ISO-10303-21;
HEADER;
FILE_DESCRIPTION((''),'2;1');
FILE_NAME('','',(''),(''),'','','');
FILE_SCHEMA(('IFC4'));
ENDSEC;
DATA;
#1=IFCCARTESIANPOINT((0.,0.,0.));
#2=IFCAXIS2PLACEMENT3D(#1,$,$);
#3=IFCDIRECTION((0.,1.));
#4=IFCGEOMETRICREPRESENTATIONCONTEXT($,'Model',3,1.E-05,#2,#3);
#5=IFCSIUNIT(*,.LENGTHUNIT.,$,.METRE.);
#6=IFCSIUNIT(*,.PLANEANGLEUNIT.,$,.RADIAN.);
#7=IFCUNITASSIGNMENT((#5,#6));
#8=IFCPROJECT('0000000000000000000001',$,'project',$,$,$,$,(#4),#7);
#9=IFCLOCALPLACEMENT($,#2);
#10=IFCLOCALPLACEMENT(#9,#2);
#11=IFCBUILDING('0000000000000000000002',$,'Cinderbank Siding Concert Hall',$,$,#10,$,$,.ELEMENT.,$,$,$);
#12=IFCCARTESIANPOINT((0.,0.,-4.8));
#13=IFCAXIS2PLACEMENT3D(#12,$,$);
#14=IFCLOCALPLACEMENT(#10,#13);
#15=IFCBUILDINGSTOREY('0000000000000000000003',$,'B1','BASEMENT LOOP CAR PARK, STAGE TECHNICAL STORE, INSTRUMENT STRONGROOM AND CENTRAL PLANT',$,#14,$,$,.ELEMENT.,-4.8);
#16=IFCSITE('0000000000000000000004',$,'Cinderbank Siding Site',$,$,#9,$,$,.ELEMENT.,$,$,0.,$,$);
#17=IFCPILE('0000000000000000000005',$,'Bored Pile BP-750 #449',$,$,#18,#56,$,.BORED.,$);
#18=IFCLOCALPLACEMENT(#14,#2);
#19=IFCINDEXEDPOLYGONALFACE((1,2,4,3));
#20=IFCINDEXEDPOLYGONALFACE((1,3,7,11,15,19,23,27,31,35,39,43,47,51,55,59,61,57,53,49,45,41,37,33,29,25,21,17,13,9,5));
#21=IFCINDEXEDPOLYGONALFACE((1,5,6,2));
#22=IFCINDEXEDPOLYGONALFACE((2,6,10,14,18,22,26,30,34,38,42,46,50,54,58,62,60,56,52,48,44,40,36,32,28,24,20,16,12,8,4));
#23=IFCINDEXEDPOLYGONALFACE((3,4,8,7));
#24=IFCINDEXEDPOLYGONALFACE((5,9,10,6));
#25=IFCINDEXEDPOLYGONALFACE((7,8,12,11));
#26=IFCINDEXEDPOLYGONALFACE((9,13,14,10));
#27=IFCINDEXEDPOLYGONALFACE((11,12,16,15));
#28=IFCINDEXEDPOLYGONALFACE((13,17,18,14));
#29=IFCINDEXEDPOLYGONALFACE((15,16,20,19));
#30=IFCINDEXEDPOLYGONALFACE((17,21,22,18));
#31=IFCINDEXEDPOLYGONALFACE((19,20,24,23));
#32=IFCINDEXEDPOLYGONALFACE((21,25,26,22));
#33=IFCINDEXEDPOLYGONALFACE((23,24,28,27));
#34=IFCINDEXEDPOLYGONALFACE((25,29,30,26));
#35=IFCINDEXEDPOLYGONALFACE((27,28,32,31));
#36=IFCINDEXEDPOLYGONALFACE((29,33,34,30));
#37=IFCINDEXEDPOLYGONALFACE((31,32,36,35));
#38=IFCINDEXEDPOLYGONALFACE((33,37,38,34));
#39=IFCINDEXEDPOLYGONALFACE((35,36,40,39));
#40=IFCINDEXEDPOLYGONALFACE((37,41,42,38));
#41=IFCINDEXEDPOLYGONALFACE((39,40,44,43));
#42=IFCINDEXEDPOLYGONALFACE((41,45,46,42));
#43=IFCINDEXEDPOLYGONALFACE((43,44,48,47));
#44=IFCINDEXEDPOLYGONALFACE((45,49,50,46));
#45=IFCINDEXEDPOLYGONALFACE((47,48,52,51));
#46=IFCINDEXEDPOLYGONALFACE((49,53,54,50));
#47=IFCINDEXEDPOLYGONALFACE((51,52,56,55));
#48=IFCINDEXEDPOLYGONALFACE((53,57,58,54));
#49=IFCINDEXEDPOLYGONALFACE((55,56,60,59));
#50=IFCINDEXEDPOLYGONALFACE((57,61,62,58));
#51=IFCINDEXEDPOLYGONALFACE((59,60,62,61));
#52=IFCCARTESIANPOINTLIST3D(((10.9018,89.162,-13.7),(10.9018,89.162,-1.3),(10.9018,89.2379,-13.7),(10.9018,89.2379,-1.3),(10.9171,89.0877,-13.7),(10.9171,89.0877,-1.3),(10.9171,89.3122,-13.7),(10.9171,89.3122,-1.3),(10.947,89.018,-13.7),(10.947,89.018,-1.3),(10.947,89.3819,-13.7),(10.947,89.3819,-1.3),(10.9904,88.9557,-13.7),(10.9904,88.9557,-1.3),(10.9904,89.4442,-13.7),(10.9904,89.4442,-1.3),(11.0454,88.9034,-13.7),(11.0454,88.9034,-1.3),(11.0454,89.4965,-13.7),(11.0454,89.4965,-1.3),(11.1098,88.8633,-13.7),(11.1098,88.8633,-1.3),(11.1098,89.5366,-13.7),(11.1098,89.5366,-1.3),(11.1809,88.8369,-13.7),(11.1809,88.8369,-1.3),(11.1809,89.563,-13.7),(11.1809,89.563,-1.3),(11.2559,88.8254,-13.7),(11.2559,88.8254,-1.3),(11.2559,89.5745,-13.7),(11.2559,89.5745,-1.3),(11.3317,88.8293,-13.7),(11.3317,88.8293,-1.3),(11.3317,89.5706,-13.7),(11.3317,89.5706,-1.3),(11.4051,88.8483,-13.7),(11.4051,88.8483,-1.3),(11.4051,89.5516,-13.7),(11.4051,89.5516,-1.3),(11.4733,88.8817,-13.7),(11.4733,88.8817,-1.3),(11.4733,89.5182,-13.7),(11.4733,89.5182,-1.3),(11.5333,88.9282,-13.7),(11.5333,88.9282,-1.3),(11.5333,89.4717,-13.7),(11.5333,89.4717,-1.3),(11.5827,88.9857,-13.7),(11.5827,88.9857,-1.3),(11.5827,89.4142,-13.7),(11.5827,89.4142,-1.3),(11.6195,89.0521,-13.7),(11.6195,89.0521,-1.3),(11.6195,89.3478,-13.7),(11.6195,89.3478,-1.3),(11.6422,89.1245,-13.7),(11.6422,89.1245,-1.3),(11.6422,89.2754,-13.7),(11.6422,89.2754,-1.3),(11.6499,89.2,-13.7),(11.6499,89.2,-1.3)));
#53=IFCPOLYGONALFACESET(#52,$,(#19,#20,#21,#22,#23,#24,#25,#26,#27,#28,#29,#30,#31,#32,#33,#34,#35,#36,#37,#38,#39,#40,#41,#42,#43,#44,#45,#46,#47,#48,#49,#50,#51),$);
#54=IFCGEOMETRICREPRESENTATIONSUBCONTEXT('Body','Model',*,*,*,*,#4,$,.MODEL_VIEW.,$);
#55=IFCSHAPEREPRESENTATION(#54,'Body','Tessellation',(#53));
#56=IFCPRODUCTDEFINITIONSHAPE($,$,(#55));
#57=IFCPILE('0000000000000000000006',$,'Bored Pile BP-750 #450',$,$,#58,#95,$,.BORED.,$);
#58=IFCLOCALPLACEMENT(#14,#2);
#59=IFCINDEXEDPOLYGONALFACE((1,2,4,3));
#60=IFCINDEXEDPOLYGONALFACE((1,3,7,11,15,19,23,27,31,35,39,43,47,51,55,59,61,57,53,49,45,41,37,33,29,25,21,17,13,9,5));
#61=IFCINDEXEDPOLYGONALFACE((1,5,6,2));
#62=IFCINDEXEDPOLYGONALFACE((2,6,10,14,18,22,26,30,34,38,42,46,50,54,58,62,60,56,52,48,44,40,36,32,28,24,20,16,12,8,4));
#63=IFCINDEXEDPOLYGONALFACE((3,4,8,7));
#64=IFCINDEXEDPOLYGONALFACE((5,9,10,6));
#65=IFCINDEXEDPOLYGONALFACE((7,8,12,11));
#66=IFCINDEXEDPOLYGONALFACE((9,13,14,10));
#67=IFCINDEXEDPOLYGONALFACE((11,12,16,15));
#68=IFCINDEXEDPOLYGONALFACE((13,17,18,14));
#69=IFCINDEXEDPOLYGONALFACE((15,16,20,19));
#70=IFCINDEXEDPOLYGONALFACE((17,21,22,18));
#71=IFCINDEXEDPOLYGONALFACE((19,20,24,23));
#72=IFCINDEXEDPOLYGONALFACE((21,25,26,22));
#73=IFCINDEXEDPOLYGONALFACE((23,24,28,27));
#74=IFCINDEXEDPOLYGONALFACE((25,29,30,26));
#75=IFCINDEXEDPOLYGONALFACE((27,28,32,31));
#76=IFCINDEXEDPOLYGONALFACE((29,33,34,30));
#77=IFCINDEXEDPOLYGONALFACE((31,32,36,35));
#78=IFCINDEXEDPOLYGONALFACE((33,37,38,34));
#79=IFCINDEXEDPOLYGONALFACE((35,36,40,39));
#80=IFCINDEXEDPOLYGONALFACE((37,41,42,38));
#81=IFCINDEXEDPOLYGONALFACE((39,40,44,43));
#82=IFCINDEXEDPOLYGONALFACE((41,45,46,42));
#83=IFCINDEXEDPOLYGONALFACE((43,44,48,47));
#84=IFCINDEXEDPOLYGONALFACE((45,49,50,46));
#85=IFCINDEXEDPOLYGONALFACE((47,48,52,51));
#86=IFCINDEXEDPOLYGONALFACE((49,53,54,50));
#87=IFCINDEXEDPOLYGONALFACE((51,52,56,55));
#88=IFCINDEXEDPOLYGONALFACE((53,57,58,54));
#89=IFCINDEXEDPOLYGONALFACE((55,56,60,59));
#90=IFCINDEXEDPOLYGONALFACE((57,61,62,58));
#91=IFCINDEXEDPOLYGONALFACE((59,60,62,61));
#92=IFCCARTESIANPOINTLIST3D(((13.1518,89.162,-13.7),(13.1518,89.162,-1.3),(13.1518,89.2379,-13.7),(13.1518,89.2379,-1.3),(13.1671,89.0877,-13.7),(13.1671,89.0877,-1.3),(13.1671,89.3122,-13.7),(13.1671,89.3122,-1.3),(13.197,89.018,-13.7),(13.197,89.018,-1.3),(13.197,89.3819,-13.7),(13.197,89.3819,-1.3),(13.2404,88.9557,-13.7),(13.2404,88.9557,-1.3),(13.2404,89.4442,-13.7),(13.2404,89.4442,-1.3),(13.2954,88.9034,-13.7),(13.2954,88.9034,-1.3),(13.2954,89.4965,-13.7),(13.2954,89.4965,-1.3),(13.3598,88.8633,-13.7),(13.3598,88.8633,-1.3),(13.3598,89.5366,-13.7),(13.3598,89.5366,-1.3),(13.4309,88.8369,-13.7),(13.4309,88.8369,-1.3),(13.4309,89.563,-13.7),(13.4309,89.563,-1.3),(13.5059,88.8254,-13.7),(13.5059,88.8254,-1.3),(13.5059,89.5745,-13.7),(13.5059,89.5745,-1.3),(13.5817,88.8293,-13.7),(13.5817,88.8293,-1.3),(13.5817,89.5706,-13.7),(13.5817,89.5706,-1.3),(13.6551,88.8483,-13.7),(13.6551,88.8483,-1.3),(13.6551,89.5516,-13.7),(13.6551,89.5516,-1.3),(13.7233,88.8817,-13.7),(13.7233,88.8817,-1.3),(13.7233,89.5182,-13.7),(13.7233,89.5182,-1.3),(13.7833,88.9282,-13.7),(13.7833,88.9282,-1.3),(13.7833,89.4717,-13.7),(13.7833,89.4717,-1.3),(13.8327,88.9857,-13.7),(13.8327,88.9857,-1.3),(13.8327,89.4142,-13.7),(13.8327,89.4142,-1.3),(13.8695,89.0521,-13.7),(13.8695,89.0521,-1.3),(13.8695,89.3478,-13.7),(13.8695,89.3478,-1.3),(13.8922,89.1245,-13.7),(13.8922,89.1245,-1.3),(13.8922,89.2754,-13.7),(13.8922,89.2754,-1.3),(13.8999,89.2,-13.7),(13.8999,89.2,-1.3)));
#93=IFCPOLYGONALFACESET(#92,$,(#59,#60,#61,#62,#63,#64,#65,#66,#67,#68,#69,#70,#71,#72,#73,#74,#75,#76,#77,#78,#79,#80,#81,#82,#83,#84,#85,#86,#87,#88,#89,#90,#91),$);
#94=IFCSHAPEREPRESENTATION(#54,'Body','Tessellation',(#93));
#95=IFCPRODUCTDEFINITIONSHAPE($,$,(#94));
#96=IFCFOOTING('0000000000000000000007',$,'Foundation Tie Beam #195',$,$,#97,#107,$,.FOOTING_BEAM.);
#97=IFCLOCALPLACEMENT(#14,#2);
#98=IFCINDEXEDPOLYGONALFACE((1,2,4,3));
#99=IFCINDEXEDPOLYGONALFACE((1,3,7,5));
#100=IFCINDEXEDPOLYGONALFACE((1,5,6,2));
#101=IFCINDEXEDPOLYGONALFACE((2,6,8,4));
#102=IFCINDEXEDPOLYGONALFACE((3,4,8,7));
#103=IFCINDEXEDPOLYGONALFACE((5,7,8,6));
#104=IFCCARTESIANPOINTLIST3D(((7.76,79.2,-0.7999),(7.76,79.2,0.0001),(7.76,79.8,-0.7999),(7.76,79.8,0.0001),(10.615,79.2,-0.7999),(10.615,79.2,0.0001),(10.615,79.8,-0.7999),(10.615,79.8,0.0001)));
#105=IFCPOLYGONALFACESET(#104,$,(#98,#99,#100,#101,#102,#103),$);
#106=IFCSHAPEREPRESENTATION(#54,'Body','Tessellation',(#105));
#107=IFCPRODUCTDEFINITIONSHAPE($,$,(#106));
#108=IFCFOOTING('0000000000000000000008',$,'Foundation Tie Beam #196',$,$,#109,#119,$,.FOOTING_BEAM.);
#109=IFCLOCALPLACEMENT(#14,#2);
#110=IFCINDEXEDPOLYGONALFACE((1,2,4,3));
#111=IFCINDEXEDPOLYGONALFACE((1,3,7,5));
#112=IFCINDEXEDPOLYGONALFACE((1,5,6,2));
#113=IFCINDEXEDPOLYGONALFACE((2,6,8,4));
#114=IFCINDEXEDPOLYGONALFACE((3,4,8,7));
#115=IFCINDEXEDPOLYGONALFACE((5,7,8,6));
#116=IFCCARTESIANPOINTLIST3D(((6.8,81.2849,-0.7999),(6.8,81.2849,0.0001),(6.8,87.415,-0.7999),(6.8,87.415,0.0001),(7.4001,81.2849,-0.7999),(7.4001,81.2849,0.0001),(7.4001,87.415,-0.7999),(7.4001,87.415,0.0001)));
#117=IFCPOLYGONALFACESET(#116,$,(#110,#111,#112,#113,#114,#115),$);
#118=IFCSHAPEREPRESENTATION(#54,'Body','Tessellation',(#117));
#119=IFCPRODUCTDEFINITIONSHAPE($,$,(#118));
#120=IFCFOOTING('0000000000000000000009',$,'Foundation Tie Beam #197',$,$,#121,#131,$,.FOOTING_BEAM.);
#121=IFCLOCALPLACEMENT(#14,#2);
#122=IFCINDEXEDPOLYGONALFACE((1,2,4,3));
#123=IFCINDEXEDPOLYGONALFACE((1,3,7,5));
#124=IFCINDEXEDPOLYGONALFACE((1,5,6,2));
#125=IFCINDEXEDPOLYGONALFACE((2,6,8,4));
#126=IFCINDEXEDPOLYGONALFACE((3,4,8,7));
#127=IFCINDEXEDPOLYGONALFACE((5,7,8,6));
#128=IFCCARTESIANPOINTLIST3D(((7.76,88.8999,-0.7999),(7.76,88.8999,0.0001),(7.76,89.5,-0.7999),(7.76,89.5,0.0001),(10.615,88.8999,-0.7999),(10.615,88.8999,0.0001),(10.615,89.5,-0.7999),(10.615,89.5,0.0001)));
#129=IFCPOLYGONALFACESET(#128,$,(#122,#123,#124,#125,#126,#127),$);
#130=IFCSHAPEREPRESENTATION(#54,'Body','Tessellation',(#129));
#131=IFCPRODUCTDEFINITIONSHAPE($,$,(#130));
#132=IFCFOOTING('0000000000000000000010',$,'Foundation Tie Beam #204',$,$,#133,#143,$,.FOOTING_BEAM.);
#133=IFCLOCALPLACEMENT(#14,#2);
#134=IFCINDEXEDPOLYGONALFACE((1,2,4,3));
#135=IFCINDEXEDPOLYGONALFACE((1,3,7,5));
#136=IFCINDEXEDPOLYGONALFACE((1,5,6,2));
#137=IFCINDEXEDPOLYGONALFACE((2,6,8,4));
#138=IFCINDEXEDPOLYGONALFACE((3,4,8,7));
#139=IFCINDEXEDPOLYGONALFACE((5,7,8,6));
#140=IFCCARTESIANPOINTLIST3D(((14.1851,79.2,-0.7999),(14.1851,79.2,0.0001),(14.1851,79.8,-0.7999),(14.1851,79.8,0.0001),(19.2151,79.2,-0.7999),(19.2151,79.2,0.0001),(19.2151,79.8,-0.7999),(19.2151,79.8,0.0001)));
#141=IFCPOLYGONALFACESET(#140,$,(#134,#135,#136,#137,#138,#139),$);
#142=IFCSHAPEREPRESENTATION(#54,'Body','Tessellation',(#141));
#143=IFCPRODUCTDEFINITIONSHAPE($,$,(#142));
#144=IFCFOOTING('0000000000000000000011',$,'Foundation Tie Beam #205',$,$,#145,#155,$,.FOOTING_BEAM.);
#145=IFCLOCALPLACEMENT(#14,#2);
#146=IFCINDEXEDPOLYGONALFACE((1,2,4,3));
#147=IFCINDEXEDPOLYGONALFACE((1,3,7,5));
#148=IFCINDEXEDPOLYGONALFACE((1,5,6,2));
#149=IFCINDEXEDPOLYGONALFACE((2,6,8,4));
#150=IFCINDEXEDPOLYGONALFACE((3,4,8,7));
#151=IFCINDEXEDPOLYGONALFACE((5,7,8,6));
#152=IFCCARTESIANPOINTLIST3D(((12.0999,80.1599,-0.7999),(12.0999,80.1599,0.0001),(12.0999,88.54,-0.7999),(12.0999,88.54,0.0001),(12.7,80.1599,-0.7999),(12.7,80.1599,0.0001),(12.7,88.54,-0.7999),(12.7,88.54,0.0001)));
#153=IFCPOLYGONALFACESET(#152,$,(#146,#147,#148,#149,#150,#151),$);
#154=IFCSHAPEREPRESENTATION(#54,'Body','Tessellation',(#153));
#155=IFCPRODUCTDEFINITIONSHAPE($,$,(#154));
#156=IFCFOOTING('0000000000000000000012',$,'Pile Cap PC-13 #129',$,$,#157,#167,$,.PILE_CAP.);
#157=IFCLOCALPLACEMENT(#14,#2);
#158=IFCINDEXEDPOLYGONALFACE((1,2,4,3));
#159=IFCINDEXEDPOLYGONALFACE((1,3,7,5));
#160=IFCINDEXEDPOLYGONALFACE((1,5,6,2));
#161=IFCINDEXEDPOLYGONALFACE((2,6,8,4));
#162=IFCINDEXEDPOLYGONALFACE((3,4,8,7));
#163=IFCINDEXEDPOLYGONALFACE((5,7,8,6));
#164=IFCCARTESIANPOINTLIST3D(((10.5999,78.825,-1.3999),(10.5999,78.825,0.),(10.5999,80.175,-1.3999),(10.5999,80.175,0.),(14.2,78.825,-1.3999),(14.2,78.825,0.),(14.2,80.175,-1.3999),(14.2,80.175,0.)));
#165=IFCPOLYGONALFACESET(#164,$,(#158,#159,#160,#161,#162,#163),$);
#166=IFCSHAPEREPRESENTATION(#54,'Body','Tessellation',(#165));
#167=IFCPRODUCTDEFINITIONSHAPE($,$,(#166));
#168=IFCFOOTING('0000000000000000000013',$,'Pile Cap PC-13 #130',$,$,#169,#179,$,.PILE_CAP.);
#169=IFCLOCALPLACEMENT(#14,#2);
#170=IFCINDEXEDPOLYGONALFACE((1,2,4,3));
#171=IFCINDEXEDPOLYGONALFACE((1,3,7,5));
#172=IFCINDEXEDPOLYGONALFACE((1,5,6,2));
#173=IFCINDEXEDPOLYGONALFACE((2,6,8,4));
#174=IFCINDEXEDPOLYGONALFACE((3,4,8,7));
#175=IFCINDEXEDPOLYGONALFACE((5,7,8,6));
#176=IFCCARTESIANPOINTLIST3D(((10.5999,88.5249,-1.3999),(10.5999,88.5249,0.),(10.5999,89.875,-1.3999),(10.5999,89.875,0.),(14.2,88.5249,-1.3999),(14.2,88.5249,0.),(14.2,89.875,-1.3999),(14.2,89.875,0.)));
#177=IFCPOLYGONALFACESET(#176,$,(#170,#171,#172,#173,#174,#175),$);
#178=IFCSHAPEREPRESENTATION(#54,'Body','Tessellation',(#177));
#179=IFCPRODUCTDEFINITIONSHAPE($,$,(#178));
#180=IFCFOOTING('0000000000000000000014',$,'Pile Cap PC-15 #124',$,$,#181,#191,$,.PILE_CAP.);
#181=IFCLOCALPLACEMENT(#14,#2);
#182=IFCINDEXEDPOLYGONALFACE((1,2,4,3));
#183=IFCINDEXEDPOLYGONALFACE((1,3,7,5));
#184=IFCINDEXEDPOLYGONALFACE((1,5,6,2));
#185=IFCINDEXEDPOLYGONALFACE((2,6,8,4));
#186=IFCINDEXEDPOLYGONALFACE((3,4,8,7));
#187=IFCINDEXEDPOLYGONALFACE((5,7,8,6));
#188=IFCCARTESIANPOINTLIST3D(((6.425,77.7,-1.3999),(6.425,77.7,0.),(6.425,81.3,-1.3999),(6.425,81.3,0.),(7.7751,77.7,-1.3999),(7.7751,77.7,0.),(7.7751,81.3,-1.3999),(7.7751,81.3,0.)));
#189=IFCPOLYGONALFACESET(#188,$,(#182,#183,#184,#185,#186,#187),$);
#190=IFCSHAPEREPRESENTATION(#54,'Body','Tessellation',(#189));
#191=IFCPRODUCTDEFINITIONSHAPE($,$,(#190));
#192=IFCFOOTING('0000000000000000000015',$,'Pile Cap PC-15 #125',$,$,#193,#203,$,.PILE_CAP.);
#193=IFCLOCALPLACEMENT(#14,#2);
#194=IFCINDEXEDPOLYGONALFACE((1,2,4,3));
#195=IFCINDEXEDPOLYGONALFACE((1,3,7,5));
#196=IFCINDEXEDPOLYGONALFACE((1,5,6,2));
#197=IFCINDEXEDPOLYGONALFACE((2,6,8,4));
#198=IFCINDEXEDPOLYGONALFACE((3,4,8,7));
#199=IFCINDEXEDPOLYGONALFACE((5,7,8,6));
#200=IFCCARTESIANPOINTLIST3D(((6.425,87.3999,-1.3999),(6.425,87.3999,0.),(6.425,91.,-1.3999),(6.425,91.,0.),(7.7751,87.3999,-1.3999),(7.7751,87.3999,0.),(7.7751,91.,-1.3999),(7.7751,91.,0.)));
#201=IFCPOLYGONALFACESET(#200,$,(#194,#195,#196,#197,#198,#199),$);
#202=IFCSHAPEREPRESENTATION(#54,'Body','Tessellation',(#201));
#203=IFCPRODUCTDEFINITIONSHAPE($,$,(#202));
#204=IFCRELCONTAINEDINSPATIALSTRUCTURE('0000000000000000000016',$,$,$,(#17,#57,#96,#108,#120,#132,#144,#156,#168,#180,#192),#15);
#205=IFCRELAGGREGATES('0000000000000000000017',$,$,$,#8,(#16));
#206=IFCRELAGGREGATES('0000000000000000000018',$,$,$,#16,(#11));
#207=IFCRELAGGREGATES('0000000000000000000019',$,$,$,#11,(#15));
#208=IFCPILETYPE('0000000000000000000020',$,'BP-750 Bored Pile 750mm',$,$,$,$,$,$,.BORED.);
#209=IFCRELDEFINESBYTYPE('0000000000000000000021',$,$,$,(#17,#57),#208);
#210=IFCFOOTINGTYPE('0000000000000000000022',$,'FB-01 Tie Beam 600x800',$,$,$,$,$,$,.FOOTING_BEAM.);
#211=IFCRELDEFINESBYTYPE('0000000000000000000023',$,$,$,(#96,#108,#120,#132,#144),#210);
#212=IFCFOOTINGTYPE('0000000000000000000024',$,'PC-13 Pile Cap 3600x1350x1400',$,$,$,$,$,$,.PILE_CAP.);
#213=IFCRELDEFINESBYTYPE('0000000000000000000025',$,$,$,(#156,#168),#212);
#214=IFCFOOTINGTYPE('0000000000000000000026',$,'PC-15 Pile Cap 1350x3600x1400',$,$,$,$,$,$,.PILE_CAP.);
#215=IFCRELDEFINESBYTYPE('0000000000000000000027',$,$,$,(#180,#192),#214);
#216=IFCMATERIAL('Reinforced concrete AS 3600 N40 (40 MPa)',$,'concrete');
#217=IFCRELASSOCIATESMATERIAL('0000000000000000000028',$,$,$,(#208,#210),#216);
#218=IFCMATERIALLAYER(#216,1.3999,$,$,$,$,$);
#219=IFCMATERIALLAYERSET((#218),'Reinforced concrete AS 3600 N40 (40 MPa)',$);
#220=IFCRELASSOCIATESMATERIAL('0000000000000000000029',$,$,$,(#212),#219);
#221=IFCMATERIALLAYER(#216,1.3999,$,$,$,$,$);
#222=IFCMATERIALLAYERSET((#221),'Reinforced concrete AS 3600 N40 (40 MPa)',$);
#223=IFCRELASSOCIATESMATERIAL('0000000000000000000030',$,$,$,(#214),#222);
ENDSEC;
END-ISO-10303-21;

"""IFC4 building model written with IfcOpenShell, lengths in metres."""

from ifc_helpers import new_model, si_unit, direction, frame, origin, origin_2d, place, context, subcontext, project, spatial, rectangle, circle, extrude, material, layer, layer_set, material_profile, profile_set, type_object, element, save


model = new_model("IFC4")

# Units and contexts
model_context = context("Model", 3, precision=1e-05, world=origin(), true_north=direction((0.0, 1.0)))
body_context = subcontext(model_context, "Body", "Model", "MODEL_VIEW")
ifc_project = project(units=[si_unit("LENGTHUNIT", "METRE"), si_unit("PLANEANGLEUNIT", "RADIAN")], contexts=[model_context])

# Site, building, storey
site_placement = place(None, origin())
site = spatial("IfcSite", under=ifc_project, at=site_placement, Name="Cinderbank Siding Site", CompositionType="ELEMENT", RefElevation=0.0)
building_placement = place(site_placement, origin())
building = spatial("IfcBuilding", under=site, at=building_placement, Name="Cinderbank Siding Concert Hall", CompositionType="ELEMENT")
storey_placement = place(building_placement, frame((0.0, 0.0, -4.8)))
storey = spatial("IfcBuildingStorey", under=building, at=storey_placement, Name="B1", Description="BASEMENT LOOP CAR PARK, STAGE TECHNICAL STORE, INSTRUMENT STRONGROOM AND CENTRAL PLANT", CompositionType="ELEMENT", Elevation=-4.8)

# Piles
ifc_material_1 = material(Name="Reinforced concrete AS 3600 N40 (40 MPa)", Category="concrete")
ifc_material_profile_1 = material_profile(ifc_material_1, circle(Radius=0.375, at=origin_2d()), Name="PILE-750DIA", Category="LoadBearing")
ifc_profile_set_1 = profile_set([ifc_material_profile_1], Name="Reinforced concrete AS 3600 N40 (40 MPa)")
pile_type = type_object("IfcPileType", Name="BP-750 Bored Pile 750mm", PredefinedType="BORED", material=ifc_profile_set_1)
for number, where, z_axis, x_axis, name in (
    (1, (11.2749, 89.2, -1.3), (0.0, 0.0, -1.0), (1.0, 0.0, 0.0), "Bored Pile BP-750 #449"),
    (2, (13.5249, 89.2, -1.3), (0.0, 0.0, -1.0), (1.0, 0.0, 0.0), "Bored Pile BP-750 #450"),
):
    element("IfcPile", number, at=place(storey_placement, frame(where, z_axis=z_axis, x_axis=x_axis)), inside=storey, type_object=pile_type, Name=name, PredefinedType="BORED", context=body_context, shape_type="SweptSolid", body=[
        extrude(circle(Radius=0.375, at=origin_2d()), origin(), (0.0, 0.0, 1.0), 12.3999),
    ])

# Footings
ifc_material_profile_2 = material_profile(ifc_material_1, rectangle(XDim=0.6001, YDim=0.8, at=origin_2d()), Name="RC-FB-600x800", Category="LoadBearing")
ifc_profile_set_2 = profile_set([ifc_material_profile_2], Name="Reinforced concrete AS 3600 N40 (40 MPa)")
footing_type_1 = type_object("IfcFootingType", Name="FB-01 Tie Beam 600x800", PredefinedType="FOOTING_BEAM", material=ifc_profile_set_2)
footing_1_placement = place(storey_placement, frame((7.76, 79.5, -0.3999), z_axis=(1.0, 0.0, 0.0), x_axis=(0.0, 1.0, 0.0)))
element("IfcFooting", 3, at=footing_1_placement, inside=storey, type_object=footing_type_1, Name="Foundation Tie Beam #195", PredefinedType="FOOTING_BEAM", context=body_context, shape_type="SweptSolid", body=[
    extrude(rectangle(XDim=0.6001, YDim=0.8, at=origin_2d()), origin(), (0.0, 0.0, 1.0), 2.855),
])
footing_2_placement = place(storey_placement, frame((7.1001, 81.2849, -0.3999), z_axis=(0.0, 1.0, 0.0), x_axis=(-1.0, 0.0, 0.0)))
element("IfcFooting", 4, at=footing_2_placement, inside=storey, type_object=footing_type_1, Name="Foundation Tie Beam #196", PredefinedType="FOOTING_BEAM", context=body_context, shape_type="SweptSolid", body=[
    extrude(rectangle(XDim=0.6001, YDim=0.8, at=origin_2d()), origin(), (0.0, 0.0, 1.0), 6.1301),
])
footing_3_placement = place(storey_placement, frame((7.76, 89.2, -0.3999), z_axis=(1.0, 0.0, 0.0), x_axis=(0.0, 1.0, 0.0)))
element("IfcFooting", 5, at=footing_3_placement, inside=storey, type_object=footing_type_1, Name="Foundation Tie Beam #197", PredefinedType="FOOTING_BEAM", context=body_context, shape_type="SweptSolid", body=[
    extrude(rectangle(XDim=0.6001, YDim=0.8, at=origin_2d()), origin(), (0.0, 0.0, 1.0), 2.855),
])
footing_4_placement = place(storey_placement, frame((14.1851, 79.5, -0.3999), z_axis=(1.0, 0.0, 0.0), x_axis=(0.0, 1.0, 0.0)))
element("IfcFooting", 6, at=footing_4_placement, inside=storey, type_object=footing_type_1, Name="Foundation Tie Beam #204", PredefinedType="FOOTING_BEAM", context=body_context, shape_type="SweptSolid", body=[
    extrude(rectangle(XDim=0.6001, YDim=0.8, at=origin_2d()), origin(), (0.0, 0.0, 1.0), 5.03),
])
footing_5_placement = place(storey_placement, frame((12.3999, 80.1599, -0.3999), z_axis=(0.0, 1.0, 0.0), x_axis=(-1.0, 0.0, 0.0)))
element("IfcFooting", 7, at=footing_5_placement, inside=storey, type_object=footing_type_1, Name="Foundation Tie Beam #205", PredefinedType="FOOTING_BEAM", context=body_context, shape_type="SweptSolid", body=[
    extrude(rectangle(XDim=0.6001, YDim=0.8, at=origin_2d()), origin(), (0.0, 0.0, 1.0), 8.3801),
])
ifc_layer_1 = layer(ifc_material_1, 1.3999)
ifc_layer_set_1 = layer_set([ifc_layer_1], Name="Reinforced concrete AS 3600 N40 (40 MPa)")
footing_type_2 = type_object("IfcFootingType", Name="PC-13 Pile Cap 3600x1350x1400", PredefinedType="PILE_CAP", material=ifc_layer_set_1)
for number, where, z_axis, x_axis, name in (
    (8, (12.3999, 79.5, -1.3999), (0.0, 0.0, 1.0), (1.0, 0.0, 0.0), "Pile Cap PC-13 #129"),
    (9, (12.3999, 89.2, -1.3999), (0.0, 0.0, 1.0), (1.0, 0.0, 0.0), "Pile Cap PC-13 #130"),
):
    element("IfcFooting", number, at=place(storey_placement, frame(where, z_axis=z_axis, x_axis=x_axis)), inside=storey, type_object=footing_type_2, Name=name, PredefinedType="PILE_CAP", context=body_context, shape_type="SweptSolid", body=[
        extrude(rectangle(XDim=3.6001, YDim=1.3501, at=origin_2d()), origin(), (0.0, 0.0, 1.0), 1.3999),
    ])
ifc_layer_2 = layer(ifc_material_1, 1.3999)
ifc_layer_set_2 = layer_set([ifc_layer_2], Name="Reinforced concrete AS 3600 N40 (40 MPa)")
footing_type_3 = type_object("IfcFootingType", Name="PC-15 Pile Cap 1350x3600x1400", PredefinedType="PILE_CAP", material=ifc_layer_set_2)
for number, where, z_axis, x_axis, name in (
    (10, (7.1001, 79.5, -1.3999), (0.0, 0.0, 1.0), (1.0, 0.0, 0.0), "Pile Cap PC-15 #124"),
    (11, (7.1001, 89.2, -1.3999), (0.0, 0.0, 1.0), (1.0, 0.0, 0.0), "Pile Cap PC-15 #125"),
):
    element("IfcFooting", number, at=place(storey_placement, frame(where, z_axis=z_axis, x_axis=x_axis)), inside=storey, type_object=footing_type_3, Name=name, PredefinedType="PILE_CAP", context=body_context, shape_type="SweptSolid", body=[
        extrude(rectangle(XDim=1.3501, YDim=3.6001, at=origin_2d()), origin(), (0.0, 0.0, 1.0), 1.3999),
    ])

save(model, "model.ifc")
